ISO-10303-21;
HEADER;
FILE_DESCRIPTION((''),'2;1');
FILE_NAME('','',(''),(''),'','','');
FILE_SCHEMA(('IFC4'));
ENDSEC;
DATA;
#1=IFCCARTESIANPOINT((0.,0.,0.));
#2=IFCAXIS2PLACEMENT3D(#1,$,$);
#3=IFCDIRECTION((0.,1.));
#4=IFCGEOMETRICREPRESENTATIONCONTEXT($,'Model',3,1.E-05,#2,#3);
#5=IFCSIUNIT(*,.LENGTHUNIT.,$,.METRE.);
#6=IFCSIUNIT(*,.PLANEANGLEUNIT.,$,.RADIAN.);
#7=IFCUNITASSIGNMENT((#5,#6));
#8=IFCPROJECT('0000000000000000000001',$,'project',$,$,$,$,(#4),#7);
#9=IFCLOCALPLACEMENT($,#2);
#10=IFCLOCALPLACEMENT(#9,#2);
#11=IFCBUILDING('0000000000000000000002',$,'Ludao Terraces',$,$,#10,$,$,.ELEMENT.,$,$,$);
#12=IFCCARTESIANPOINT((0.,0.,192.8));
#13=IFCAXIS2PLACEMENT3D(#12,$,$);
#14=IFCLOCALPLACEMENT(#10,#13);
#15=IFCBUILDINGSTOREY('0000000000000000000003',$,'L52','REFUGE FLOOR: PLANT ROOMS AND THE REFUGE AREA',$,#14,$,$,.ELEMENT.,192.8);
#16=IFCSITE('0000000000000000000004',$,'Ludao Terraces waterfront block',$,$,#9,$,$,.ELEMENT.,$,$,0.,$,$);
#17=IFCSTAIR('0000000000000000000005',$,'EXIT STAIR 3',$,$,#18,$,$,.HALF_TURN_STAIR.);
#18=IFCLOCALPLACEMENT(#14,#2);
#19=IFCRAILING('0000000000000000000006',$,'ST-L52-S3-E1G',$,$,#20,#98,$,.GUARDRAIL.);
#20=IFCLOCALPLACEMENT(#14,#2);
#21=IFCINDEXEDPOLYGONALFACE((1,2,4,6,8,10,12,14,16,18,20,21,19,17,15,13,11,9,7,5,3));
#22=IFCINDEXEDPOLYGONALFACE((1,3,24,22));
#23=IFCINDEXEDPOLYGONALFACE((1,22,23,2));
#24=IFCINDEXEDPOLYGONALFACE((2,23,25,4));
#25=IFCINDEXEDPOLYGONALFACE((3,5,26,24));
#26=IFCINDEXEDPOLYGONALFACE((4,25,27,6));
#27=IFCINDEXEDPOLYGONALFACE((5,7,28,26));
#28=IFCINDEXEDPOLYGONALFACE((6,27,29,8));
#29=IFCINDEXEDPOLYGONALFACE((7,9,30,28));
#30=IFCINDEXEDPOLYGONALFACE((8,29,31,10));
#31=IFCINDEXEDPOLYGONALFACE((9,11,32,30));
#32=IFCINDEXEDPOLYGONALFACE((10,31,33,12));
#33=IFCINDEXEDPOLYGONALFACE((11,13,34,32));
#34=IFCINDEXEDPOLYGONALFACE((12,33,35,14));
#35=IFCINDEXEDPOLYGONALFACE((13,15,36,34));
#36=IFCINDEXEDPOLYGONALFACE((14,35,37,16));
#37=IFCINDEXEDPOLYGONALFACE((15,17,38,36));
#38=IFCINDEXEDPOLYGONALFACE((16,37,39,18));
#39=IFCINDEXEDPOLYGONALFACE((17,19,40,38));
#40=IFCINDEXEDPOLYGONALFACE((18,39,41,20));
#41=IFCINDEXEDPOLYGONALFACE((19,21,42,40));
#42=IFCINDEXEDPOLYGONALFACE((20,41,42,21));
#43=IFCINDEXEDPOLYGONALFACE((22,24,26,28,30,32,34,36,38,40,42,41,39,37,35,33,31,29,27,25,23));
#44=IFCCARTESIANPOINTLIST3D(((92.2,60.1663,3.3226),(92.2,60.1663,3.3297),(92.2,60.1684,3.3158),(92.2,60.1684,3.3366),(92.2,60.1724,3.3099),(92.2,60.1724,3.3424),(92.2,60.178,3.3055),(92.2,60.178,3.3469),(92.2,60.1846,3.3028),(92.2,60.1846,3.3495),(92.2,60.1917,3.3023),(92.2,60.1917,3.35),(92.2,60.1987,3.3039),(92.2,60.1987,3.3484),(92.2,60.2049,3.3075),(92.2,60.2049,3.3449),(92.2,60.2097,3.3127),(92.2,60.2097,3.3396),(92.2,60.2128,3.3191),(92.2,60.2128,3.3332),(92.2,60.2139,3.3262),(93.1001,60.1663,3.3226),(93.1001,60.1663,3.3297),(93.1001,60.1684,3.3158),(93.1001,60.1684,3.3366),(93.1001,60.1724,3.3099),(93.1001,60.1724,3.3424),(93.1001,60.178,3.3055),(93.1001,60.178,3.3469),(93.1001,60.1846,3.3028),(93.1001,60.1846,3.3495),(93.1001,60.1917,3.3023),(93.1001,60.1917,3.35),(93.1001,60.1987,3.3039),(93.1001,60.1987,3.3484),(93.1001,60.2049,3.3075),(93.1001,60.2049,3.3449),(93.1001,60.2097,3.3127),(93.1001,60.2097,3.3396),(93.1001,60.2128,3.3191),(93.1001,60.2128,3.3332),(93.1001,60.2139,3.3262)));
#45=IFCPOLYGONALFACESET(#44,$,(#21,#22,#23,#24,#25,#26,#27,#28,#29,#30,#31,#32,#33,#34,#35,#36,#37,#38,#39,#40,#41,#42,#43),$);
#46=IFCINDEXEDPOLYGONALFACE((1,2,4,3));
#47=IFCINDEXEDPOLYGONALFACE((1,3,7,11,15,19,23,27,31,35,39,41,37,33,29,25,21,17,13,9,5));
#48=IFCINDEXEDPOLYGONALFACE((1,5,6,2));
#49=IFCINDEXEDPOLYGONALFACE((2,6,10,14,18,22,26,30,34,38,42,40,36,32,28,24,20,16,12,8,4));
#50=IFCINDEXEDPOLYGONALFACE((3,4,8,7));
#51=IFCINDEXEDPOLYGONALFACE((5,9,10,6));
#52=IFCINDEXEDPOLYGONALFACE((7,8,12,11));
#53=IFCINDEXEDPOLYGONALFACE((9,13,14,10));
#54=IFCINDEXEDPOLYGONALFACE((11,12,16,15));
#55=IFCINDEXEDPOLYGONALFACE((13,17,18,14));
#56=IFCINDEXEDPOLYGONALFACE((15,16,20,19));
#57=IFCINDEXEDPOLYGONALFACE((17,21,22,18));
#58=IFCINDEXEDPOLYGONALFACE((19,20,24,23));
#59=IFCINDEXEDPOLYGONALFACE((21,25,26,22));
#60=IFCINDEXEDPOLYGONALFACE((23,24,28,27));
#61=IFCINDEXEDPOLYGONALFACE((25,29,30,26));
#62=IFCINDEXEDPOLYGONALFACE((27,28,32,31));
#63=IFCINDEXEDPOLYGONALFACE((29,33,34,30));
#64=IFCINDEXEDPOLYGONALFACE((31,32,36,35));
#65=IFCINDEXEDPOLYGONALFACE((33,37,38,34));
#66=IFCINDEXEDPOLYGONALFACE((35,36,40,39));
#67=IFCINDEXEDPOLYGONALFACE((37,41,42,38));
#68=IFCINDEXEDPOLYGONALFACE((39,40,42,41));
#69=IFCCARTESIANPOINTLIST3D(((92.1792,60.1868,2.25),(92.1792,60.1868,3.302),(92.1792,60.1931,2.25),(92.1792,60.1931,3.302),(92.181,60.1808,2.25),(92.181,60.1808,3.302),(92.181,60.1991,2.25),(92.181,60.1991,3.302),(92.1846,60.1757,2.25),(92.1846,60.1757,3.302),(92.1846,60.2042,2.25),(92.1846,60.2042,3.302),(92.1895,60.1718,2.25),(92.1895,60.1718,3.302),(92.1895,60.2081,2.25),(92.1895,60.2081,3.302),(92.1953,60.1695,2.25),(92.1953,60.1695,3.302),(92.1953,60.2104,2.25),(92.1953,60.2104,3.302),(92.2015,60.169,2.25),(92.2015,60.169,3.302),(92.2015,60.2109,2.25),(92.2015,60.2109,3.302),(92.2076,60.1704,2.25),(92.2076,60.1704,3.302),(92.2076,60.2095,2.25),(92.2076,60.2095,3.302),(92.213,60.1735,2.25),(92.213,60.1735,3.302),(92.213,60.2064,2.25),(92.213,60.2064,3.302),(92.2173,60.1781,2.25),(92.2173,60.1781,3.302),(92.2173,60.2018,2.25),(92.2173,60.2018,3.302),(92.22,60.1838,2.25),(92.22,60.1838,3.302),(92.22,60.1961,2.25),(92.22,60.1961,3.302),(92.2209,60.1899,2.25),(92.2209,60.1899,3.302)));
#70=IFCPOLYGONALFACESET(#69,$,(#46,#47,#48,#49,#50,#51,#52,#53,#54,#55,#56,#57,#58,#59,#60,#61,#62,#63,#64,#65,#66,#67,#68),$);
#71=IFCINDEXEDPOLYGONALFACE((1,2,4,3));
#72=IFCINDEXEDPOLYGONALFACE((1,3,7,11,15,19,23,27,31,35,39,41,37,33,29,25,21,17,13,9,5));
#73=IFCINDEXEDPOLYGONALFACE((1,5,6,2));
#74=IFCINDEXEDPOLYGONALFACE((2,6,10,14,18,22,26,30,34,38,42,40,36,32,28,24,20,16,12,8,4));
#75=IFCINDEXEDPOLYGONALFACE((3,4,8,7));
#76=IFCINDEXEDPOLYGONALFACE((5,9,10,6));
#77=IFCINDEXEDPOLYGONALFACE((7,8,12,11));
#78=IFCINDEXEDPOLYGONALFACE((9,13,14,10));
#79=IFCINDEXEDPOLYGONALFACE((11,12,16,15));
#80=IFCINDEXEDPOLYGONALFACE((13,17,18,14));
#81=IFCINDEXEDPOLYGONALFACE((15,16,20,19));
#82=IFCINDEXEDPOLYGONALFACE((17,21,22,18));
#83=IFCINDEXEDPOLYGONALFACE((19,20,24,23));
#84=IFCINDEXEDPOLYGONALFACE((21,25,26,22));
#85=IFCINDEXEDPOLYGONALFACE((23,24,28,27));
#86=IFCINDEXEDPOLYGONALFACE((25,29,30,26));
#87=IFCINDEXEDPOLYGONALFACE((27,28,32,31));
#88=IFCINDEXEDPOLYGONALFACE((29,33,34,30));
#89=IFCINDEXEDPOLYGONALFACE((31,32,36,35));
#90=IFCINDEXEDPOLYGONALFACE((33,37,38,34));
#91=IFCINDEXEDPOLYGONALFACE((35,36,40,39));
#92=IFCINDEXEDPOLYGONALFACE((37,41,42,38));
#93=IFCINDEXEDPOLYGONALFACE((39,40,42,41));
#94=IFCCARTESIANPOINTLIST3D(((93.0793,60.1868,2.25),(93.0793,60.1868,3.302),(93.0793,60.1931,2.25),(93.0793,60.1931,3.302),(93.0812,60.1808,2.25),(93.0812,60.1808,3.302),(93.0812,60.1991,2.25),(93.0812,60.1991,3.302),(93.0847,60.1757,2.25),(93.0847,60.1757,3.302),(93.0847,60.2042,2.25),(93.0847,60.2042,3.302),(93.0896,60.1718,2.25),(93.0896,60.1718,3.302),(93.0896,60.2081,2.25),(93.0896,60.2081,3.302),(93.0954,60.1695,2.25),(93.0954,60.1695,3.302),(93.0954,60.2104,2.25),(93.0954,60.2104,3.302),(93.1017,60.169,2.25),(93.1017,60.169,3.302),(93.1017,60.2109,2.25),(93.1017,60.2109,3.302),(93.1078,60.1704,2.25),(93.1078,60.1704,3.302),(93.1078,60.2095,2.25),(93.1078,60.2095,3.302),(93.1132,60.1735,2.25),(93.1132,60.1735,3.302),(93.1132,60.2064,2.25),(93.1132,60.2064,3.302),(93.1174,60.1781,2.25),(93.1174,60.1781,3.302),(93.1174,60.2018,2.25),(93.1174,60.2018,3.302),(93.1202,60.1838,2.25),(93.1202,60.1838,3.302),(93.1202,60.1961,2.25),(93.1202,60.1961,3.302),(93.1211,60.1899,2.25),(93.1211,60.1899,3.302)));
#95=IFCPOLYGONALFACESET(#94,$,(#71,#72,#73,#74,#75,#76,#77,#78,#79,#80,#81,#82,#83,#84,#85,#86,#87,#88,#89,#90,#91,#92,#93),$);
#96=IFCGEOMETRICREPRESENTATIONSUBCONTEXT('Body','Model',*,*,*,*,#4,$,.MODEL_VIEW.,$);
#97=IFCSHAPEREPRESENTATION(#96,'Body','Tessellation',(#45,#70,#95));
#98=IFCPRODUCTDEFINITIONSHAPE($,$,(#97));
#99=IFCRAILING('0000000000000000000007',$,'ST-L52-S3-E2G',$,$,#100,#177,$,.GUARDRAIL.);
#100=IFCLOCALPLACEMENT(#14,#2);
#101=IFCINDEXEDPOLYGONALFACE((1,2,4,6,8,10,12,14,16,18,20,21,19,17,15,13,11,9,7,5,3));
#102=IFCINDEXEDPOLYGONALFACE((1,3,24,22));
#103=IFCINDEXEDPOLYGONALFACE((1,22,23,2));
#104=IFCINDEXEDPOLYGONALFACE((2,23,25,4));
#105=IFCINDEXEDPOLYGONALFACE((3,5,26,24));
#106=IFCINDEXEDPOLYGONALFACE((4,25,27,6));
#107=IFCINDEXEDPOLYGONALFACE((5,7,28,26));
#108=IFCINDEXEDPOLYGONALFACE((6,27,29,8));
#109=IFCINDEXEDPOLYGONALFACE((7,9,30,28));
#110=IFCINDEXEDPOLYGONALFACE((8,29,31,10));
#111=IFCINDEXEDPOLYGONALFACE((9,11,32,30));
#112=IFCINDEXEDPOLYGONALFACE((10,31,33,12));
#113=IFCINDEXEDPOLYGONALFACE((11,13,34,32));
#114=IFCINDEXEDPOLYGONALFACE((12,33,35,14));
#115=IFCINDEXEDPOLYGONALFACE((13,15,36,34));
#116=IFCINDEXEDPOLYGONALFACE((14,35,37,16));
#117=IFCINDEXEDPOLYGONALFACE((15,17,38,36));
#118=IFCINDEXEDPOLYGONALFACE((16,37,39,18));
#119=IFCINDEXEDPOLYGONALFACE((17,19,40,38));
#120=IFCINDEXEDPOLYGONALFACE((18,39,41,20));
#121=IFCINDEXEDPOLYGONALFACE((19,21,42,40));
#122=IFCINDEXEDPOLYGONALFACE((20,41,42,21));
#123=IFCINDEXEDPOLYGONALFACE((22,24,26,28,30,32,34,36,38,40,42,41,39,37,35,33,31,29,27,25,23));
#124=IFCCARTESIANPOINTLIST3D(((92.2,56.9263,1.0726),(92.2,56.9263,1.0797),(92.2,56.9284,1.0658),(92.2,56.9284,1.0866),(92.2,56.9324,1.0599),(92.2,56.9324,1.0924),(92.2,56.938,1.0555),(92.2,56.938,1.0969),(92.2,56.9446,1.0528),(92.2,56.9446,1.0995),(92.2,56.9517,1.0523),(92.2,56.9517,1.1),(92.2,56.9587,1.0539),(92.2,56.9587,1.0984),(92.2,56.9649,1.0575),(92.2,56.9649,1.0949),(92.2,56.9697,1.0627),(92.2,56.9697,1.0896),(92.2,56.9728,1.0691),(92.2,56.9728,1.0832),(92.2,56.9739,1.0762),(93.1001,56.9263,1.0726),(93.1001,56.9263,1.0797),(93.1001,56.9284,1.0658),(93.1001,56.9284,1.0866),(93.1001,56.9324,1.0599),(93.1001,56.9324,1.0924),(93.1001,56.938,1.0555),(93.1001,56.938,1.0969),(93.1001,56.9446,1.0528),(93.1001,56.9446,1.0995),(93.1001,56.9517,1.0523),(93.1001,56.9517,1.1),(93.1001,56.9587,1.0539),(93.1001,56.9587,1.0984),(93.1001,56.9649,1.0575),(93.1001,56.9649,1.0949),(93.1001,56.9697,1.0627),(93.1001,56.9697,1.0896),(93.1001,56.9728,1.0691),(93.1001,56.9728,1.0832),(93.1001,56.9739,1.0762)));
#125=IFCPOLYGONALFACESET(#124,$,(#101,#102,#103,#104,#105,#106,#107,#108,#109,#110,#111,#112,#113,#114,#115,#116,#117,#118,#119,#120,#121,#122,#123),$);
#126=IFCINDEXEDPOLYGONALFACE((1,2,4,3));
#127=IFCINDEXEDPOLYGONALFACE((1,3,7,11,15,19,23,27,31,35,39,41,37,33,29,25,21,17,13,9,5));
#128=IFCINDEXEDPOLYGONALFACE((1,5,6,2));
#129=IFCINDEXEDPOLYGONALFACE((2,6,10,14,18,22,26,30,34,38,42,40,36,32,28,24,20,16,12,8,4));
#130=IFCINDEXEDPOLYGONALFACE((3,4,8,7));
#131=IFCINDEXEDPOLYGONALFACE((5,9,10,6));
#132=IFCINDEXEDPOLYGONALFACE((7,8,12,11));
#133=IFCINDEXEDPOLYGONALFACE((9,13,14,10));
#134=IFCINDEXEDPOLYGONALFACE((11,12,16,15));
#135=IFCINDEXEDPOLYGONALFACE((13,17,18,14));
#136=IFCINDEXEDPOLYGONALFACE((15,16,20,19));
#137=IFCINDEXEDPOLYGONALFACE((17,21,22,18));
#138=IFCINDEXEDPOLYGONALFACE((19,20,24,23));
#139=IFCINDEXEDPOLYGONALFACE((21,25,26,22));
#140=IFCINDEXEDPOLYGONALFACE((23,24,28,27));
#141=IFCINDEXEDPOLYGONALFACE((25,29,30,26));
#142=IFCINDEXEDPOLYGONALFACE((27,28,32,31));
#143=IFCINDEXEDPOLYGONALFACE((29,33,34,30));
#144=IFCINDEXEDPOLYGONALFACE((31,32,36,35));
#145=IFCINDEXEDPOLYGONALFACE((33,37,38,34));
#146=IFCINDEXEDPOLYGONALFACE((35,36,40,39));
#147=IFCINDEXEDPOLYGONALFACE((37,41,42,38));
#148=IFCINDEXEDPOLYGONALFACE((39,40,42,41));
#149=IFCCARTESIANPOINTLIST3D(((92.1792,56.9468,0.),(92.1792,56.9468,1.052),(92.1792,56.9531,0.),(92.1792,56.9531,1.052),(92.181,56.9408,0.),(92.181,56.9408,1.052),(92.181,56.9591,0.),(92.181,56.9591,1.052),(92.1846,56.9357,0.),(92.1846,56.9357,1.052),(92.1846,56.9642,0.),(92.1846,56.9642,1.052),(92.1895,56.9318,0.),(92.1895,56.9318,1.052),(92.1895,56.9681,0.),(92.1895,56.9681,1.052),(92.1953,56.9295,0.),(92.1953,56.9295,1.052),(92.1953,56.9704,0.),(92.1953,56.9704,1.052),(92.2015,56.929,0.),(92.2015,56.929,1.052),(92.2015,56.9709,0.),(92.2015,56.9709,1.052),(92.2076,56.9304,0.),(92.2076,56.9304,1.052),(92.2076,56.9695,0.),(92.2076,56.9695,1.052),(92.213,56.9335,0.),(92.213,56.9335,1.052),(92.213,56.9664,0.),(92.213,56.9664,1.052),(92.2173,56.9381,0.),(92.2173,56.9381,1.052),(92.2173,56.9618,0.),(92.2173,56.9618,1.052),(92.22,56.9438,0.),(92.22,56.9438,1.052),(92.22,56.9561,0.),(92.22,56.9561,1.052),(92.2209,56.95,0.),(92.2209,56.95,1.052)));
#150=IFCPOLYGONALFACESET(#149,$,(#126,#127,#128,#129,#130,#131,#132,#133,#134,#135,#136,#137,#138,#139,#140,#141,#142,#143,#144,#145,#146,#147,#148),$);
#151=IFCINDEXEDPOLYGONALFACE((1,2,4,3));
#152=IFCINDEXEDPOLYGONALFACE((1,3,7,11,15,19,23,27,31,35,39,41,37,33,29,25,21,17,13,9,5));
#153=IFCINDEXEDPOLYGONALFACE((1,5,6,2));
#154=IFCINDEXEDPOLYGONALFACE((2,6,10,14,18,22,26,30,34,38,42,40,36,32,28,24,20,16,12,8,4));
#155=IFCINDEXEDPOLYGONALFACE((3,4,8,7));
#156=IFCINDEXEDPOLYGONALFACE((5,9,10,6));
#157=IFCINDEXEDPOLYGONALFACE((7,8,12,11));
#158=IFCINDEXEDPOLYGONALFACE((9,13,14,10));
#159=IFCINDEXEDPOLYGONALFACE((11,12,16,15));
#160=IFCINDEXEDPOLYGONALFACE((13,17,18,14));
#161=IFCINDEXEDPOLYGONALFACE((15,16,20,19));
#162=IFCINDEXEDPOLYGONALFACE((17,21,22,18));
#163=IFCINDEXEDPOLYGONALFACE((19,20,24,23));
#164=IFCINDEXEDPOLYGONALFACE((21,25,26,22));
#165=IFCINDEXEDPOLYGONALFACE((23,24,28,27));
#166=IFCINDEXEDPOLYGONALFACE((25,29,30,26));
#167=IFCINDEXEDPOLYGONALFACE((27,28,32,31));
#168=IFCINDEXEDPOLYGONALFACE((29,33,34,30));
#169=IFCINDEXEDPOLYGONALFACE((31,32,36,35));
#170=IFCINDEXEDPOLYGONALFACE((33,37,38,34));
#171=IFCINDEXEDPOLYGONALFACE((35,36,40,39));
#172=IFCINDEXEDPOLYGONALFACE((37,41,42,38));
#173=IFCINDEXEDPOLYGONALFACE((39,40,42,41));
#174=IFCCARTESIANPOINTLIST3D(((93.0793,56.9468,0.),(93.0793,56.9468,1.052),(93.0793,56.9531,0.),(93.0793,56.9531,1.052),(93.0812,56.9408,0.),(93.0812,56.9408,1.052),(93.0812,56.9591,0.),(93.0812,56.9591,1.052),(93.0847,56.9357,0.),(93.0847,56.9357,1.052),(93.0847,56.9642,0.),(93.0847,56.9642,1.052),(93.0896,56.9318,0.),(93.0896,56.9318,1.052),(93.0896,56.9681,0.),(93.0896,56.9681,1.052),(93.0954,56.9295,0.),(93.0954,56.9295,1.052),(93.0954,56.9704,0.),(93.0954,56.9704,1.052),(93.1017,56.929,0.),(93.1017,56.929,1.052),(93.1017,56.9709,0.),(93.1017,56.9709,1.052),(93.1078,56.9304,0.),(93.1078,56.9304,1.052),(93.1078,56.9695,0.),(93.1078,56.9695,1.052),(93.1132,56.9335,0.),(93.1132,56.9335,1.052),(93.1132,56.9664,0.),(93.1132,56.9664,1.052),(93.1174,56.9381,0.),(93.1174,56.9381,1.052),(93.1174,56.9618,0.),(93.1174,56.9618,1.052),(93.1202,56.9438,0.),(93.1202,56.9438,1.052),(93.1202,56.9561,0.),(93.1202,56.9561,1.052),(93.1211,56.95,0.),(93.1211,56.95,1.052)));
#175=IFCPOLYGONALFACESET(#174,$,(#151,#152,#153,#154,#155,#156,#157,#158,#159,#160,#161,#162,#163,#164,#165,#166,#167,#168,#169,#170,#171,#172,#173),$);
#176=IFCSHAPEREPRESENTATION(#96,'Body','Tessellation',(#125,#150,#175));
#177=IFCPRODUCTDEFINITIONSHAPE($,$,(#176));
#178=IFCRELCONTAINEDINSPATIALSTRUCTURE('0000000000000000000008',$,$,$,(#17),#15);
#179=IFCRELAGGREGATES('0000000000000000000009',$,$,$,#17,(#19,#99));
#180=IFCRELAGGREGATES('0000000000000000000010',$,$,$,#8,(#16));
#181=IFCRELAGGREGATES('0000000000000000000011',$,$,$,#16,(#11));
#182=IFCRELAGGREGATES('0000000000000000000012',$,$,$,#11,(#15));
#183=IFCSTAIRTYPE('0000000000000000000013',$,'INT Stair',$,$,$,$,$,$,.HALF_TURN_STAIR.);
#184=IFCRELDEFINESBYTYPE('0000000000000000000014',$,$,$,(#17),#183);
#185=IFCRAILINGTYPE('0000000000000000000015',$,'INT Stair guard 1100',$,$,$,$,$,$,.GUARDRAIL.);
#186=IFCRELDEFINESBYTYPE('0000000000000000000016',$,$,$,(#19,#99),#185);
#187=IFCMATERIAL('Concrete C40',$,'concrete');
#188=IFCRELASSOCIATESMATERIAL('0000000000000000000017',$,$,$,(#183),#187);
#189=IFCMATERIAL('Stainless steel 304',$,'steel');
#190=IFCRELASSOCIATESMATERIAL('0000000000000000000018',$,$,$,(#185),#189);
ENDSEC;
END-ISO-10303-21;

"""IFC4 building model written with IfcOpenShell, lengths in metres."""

from ifc_helpers import new_model, si_unit, direction, frame, origin, origin_2d, place, context, subcontext, project, spatial, circle, extrude, material, type_object, element, aggregate, save


model = new_model("IFC4")

# Units and contexts
model_context = context("Model", 3, precision=1e-05, world=origin(), true_north=direction((0.0, 1.0)))
body_context = subcontext(model_context, "Body", "Model", "MODEL_VIEW")
ifc_project = project(units=[si_unit("LENGTHUNIT", "METRE"), si_unit("PLANEANGLEUNIT", "RADIAN")], contexts=[model_context])

# Site, building, storey
site_placement = place(None, origin())
site = spatial("IfcSite", under=ifc_project, at=site_placement, Name="Ludao Terraces waterfront block", CompositionType="ELEMENT", RefElevation=0.0)
building_placement = place(site_placement, origin())
building = spatial("IfcBuilding", under=site, at=building_placement, Name="Ludao Terraces", CompositionType="ELEMENT")
storey_placement = place(building_placement, frame((0.0, 0.0, 192.8)))
storey = spatial("IfcBuildingStorey", under=building, at=storey_placement, Name="L52", Description="REFUGE FLOOR: PLANT ROOMS AND THE REFUGE AREA", CompositionType="ELEMENT", Elevation=192.8)

# Stair, railings
ifc_material_1 = material(Name="Concrete C40", Category="concrete")
stair_type = type_object("IfcStairType", Name="INT Stair", PredefinedType="HALF_TURN_STAIR", material=ifc_material_1)
stair_placement = place(storey_placement, origin())
stair = element("IfcStair", 1, at=stair_placement, inside=storey, type_object=stair_type, Name="EXIT STAIR 3", PredefinedType="HALF_TURN_STAIR")
ifc_material_2 = material(Name="Stainless steel 304", Category="steel")
railing_type_1 = type_object("IfcRailingType", Name="INT Stair guard 1100", PredefinedType="GUARDRAIL", material=ifc_material_2)
railing_1_placement = place(storey_placement, frame((92.2, 60.1899, 2.25)))
railing_1 = element("IfcRailing", 2, at=railing_1_placement, type_object=railing_type_1, Name="ST-L52-S3-E1G", PredefinedType="GUARDRAIL", context=body_context, shape_type="SweptSolid", body=[
    extrude(circle(Radius=0.0239, at=origin_2d()), frame((0.0, 0.0, 1.0762), z_axis=(1.0, 0.0, 0.0), x_axis=(0.0, 1.0, 0.0)), (0.0, 0.0, 1.0), 0.9001),
    extrude(circle(Radius=0.021, at=origin_2d()), origin(), (0.0, 0.0, 1.0), 1.052),
    extrude(circle(Radius=0.021, at=origin_2d()), frame((0.9001, 0.0, 0.0)), (0.0, 0.0, 1.0), 1.052),
])
railing_2_placement = place(storey_placement, frame((92.2, 56.95, 0.0)))
railing_2 = element("IfcRailing", 3, at=railing_2_placement, type_object=railing_type_1, Name="ST-L52-S3-E2G", PredefinedType="GUARDRAIL", context=body_context, shape_type="SweptSolid", body=[
    extrude(circle(Radius=0.0239, at=origin_2d()), frame((0.0, 0.0, 1.0762), z_axis=(1.0, 0.0, 0.0), x_axis=(0.0, 1.0, 0.0)), (0.0, 0.0, 1.0), 0.9001),
    extrude(circle(Radius=0.021, at=origin_2d()), origin(), (0.0, 0.0, 1.0), 1.052),
    extrude(circle(Radius=0.021, at=origin_2d()), frame((0.9001, 0.0, 0.0)), (0.0, 0.0, 1.0), 1.052),
])
aggregate(stair, [railing_1, railing_2])

save(model, "model.ifc")
